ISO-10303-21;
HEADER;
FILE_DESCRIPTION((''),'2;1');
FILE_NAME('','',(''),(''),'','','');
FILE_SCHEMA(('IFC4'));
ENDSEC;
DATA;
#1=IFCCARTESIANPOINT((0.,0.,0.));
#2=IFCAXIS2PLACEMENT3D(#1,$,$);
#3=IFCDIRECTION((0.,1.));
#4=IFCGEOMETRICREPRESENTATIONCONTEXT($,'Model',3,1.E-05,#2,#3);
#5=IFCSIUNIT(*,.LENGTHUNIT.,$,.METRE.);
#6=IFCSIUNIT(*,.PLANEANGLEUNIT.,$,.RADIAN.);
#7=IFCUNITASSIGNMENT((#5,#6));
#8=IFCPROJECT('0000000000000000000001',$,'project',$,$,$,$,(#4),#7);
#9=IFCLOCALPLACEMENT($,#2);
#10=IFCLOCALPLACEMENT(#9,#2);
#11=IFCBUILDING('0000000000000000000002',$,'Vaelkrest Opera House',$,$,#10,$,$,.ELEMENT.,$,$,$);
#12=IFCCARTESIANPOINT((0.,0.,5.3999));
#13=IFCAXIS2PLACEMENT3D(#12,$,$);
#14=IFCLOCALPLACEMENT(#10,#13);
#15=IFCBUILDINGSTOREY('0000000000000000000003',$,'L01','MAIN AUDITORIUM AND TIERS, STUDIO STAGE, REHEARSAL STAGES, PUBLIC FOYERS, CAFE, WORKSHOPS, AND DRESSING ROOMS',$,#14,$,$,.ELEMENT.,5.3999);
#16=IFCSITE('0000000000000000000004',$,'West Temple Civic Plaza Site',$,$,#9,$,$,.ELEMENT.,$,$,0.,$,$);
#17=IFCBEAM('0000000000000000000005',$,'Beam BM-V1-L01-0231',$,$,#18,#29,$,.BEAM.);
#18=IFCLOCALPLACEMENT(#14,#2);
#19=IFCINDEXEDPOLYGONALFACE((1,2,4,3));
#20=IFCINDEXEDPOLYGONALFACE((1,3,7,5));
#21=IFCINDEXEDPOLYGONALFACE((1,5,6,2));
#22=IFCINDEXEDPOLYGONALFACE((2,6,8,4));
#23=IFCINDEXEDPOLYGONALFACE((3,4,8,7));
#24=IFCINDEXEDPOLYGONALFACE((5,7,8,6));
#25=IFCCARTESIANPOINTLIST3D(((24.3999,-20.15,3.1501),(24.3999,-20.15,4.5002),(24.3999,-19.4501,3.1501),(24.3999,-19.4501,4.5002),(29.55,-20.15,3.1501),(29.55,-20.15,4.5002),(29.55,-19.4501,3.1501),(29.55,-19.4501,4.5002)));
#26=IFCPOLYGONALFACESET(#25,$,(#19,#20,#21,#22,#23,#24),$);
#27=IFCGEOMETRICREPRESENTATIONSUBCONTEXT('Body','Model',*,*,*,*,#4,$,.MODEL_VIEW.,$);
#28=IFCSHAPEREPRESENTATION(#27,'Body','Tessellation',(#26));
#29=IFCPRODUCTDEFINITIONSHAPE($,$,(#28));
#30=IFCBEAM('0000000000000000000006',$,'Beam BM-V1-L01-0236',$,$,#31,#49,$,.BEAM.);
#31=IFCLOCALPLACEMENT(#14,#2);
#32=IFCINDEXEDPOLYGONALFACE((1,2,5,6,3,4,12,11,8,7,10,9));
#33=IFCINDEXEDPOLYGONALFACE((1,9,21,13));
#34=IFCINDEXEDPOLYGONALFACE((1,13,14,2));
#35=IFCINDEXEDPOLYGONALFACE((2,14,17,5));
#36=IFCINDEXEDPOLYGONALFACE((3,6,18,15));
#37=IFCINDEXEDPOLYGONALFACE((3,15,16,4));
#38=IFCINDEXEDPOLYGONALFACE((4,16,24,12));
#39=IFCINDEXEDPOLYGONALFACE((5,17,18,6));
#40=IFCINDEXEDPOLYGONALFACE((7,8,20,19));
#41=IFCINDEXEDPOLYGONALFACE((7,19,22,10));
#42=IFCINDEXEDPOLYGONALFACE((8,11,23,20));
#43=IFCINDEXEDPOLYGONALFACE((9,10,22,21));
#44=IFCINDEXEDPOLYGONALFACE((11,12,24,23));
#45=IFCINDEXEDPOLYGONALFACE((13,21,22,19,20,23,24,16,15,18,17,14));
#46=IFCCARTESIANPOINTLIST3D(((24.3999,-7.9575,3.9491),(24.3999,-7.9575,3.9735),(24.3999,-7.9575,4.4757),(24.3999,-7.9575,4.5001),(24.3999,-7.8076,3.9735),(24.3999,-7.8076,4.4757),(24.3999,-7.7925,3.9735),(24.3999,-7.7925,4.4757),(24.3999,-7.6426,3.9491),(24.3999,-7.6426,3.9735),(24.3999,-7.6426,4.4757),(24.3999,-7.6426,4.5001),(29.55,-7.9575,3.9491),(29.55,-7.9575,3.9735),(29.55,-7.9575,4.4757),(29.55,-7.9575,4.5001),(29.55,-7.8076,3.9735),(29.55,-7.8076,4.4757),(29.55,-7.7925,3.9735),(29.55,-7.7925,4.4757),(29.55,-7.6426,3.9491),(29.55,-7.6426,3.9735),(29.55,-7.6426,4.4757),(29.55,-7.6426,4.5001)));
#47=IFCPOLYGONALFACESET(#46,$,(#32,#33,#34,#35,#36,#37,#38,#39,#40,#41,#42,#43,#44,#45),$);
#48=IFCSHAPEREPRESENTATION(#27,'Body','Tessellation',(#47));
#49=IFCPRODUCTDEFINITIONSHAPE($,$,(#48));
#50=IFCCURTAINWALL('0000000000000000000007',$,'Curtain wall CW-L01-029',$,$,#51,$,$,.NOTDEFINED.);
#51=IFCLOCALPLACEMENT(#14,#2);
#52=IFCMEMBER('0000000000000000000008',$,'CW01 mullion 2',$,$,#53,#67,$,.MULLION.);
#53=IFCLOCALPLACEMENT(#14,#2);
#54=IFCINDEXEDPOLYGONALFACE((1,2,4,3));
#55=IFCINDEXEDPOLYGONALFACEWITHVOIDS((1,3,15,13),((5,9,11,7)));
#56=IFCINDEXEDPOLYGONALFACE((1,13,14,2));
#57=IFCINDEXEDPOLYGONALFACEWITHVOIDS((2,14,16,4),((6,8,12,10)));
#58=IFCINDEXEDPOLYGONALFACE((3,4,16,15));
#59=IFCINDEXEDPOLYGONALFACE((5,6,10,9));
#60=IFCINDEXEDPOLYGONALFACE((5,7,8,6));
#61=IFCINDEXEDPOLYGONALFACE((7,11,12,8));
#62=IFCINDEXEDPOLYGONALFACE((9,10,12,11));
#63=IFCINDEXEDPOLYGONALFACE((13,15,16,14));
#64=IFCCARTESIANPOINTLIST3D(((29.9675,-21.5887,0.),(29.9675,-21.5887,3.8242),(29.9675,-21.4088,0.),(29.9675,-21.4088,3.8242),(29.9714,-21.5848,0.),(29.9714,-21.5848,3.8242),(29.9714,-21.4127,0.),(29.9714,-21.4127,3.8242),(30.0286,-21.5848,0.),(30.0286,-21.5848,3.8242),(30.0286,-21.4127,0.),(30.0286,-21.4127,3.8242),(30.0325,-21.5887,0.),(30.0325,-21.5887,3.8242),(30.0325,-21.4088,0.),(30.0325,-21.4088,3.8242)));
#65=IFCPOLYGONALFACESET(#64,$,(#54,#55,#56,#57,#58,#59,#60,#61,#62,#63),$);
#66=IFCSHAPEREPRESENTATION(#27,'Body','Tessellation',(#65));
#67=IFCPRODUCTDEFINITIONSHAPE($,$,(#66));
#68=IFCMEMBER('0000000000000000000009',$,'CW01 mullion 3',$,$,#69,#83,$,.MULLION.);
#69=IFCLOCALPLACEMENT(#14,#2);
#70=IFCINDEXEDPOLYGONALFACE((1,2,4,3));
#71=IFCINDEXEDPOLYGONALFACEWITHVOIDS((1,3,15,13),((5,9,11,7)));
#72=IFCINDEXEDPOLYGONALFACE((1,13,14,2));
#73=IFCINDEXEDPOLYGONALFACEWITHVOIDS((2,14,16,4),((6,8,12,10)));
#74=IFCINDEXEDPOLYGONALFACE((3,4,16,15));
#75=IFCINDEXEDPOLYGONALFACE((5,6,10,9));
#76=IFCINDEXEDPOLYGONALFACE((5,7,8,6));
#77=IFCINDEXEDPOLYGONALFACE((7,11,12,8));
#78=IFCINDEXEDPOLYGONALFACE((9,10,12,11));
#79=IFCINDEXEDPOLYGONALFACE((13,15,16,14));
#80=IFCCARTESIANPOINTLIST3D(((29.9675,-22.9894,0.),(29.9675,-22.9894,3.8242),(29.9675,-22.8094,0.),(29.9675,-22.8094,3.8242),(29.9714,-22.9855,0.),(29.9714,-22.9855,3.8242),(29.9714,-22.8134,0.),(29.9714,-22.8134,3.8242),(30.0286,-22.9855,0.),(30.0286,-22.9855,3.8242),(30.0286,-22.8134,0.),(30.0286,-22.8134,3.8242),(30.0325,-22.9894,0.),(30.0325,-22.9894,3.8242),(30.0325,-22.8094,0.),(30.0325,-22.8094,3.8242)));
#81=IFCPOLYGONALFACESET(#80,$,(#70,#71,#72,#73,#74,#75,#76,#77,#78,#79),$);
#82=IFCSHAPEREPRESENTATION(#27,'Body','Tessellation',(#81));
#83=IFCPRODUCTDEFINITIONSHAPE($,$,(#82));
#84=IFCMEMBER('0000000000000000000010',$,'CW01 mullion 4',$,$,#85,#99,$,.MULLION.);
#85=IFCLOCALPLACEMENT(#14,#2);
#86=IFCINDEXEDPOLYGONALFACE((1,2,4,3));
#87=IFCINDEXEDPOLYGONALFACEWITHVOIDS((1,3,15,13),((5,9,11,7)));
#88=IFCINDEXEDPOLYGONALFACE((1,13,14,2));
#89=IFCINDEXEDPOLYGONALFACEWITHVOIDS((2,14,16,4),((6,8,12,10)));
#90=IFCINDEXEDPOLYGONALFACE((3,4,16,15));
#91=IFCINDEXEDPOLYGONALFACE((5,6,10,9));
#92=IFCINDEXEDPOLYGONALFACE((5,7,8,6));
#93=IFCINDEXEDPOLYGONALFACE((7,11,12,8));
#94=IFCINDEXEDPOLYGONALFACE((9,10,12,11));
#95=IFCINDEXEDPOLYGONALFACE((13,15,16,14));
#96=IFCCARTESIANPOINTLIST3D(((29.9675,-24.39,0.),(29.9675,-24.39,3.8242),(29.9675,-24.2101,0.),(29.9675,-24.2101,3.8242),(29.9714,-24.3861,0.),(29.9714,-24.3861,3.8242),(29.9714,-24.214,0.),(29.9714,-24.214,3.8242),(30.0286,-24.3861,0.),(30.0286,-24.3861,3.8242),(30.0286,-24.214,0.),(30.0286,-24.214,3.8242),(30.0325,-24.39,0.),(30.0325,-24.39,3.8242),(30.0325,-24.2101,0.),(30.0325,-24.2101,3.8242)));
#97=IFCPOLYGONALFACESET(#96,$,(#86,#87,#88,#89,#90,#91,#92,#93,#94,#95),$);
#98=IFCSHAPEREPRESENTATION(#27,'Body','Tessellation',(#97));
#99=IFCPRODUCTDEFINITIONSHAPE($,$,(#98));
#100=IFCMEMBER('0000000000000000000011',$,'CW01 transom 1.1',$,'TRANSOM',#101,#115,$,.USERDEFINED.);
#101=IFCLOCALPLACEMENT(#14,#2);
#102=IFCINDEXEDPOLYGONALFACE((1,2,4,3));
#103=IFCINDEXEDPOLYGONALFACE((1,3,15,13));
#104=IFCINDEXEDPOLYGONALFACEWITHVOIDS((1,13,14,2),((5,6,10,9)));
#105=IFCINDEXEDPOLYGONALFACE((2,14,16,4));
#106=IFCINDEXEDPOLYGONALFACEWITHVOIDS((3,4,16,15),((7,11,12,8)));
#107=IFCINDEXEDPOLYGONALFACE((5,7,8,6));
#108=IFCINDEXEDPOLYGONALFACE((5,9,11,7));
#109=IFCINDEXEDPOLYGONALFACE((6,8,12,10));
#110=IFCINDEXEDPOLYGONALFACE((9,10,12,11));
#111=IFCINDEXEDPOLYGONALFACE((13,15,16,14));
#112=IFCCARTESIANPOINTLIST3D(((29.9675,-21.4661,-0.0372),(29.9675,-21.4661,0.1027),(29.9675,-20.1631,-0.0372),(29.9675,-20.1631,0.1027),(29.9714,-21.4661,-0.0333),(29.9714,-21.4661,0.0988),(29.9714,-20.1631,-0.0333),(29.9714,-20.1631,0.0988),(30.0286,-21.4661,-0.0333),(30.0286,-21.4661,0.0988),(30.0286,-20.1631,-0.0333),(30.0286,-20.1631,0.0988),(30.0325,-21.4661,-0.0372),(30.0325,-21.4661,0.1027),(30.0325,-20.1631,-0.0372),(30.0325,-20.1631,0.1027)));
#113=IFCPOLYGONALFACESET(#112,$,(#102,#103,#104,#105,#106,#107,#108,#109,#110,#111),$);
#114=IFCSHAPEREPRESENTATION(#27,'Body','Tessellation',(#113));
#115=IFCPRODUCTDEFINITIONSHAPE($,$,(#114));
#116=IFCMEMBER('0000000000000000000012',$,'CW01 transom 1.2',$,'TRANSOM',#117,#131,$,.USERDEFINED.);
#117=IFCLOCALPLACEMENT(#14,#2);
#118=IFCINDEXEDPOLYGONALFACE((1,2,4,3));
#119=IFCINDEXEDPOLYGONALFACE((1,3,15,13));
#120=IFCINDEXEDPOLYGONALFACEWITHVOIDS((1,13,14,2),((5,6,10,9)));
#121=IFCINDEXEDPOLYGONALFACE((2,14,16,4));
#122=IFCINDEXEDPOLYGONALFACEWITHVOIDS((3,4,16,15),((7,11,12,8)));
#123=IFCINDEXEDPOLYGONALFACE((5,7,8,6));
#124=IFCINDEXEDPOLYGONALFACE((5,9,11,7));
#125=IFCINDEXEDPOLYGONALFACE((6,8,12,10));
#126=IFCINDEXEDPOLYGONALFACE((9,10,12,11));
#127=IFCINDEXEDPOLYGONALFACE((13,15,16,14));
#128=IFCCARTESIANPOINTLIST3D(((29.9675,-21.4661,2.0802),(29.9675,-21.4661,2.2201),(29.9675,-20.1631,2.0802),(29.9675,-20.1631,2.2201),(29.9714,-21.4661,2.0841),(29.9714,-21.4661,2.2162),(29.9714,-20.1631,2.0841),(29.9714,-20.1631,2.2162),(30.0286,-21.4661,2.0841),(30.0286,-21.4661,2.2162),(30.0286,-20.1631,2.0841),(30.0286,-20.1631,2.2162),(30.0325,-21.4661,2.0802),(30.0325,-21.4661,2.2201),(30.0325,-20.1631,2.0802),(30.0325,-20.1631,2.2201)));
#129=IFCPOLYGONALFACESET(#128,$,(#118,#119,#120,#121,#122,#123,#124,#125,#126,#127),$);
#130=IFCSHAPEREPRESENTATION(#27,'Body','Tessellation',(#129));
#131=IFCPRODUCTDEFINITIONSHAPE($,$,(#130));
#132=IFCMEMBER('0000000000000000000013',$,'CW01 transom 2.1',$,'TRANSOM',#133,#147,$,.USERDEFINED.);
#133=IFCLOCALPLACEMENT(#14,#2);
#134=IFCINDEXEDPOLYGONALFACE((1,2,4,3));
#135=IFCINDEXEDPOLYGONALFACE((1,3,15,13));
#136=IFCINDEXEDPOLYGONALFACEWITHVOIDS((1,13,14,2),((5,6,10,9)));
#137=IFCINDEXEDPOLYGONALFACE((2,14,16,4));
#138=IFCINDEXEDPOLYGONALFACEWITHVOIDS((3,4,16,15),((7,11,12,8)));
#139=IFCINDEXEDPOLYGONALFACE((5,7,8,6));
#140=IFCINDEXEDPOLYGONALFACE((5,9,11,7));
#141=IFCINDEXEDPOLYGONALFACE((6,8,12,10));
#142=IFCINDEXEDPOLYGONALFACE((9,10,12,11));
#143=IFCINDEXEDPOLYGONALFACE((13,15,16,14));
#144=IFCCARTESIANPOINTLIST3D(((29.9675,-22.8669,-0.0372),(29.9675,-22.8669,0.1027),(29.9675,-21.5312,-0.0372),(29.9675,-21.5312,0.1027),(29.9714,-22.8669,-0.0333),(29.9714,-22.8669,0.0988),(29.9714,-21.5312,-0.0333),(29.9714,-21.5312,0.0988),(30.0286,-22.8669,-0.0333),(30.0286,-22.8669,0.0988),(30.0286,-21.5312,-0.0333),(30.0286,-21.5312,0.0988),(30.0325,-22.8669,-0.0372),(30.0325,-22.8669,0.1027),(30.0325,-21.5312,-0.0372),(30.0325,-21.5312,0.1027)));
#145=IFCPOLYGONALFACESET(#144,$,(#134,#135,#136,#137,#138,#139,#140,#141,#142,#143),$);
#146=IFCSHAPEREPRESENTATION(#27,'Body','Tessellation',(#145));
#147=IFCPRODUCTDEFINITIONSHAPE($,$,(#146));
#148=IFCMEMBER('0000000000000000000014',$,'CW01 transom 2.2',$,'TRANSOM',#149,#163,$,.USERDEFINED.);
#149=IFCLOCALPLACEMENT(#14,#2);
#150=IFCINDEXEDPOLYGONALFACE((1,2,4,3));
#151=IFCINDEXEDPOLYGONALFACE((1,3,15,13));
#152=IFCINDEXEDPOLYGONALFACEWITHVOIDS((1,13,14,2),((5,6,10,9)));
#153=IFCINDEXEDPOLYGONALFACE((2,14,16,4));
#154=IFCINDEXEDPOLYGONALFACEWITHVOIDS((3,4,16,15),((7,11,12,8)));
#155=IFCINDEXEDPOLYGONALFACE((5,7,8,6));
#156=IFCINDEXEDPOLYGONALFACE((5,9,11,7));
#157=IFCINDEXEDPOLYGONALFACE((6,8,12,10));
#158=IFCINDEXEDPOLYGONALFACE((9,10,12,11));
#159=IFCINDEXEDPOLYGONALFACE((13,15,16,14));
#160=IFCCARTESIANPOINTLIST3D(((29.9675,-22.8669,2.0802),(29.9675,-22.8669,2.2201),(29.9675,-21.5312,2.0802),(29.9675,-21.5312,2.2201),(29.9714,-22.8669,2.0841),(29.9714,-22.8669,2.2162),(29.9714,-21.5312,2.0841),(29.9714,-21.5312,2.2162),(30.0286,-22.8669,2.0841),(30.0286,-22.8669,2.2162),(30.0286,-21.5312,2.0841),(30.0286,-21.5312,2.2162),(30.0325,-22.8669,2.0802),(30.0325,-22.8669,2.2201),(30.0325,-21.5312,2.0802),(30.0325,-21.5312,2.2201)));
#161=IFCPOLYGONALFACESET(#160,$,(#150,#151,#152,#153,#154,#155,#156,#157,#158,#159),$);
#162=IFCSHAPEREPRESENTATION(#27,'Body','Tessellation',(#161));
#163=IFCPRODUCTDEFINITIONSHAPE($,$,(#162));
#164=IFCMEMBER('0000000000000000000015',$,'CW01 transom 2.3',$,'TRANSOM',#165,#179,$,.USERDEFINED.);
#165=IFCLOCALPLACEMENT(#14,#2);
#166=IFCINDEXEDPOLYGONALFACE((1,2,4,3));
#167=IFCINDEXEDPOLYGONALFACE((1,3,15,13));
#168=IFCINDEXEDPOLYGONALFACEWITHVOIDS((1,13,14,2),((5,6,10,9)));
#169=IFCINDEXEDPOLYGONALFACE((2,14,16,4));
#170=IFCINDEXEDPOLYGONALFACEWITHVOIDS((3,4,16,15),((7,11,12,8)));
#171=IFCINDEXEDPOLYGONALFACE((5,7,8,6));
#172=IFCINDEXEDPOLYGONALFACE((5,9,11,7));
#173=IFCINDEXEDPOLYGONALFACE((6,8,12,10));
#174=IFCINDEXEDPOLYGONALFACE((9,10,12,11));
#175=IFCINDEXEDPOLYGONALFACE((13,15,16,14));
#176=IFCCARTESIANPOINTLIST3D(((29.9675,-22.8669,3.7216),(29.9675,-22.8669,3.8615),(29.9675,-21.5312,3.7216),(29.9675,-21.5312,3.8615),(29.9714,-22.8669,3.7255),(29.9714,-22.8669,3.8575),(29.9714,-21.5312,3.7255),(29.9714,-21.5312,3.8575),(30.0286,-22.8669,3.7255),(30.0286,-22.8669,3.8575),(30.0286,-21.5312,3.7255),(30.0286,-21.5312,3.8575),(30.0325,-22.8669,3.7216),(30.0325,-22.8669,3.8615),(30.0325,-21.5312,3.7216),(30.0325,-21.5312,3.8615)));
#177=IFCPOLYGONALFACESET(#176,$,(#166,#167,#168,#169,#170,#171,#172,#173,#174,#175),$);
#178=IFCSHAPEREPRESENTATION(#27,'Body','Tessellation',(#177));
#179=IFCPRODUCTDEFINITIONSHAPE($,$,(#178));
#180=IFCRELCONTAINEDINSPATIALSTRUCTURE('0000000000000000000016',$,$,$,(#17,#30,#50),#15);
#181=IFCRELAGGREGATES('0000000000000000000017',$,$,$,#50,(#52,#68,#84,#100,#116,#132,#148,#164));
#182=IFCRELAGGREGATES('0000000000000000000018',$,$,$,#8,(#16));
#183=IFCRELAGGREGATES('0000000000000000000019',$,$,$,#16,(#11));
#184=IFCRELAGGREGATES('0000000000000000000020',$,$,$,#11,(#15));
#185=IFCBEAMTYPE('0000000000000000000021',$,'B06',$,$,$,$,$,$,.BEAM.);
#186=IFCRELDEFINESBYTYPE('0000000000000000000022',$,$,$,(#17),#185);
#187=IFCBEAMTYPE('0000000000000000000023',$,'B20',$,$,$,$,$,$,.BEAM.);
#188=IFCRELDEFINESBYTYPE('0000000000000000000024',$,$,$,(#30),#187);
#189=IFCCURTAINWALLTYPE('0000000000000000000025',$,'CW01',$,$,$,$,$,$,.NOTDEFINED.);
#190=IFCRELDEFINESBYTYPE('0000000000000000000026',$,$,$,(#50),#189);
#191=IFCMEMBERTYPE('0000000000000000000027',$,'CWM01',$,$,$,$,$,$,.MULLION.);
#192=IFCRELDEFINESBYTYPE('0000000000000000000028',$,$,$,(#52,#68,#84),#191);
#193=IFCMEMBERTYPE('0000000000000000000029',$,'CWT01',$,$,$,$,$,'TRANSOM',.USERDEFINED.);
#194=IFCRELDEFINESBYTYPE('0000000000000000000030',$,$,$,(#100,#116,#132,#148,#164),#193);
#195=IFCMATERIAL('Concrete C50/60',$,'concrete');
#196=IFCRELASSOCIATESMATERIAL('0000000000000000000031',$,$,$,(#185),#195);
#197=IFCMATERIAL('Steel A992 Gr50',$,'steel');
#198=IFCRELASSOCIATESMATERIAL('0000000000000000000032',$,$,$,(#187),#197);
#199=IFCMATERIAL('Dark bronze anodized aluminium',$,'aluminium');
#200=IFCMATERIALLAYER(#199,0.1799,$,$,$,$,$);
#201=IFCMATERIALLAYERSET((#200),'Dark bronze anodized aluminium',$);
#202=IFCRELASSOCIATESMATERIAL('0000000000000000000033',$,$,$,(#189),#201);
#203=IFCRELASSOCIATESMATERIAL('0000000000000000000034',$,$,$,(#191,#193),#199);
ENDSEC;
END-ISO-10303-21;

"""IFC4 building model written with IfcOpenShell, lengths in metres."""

from ifc_helpers import new_model, si_unit, direction, frame, origin, origin_2d, place, context, subcontext, project, spatial, rectangle, hollow_rectangle, i_section, extrude, material, layer, layer_set, material_profile, profile_set, type_object, element, aggregate, save


model = new_model("IFC4")

# Units and contexts
model_context = context("Model", 3, precision=1e-05, world=origin(), true_north=direction((0.0, 1.0)))
body_context = subcontext(model_context, "Body", "Model", "MODEL_VIEW")
ifc_project = project(units=[si_unit("LENGTHUNIT", "METRE"), si_unit("PLANEANGLEUNIT", "RADIAN")], contexts=[model_context])

# Site, building, storey
site_placement = place(None, origin())
site = spatial("IfcSite", under=ifc_project, at=site_placement, Name="West Temple Civic Plaza Site", CompositionType="ELEMENT", RefElevation=0.0)
building_placement = place(site_placement, origin())
building = spatial("IfcBuilding", under=site, at=building_placement, Name="Vaelkrest Opera House", CompositionType="ELEMENT")
storey_placement = place(building_placement, frame((0.0, 0.0, 5.3999)))
storey = spatial("IfcBuildingStorey", under=building, at=storey_placement, Name="L01", Description="MAIN AUDITORIUM AND TIERS, STUDIO STAGE, REHEARSAL STAGES, PUBLIC FOYERS, CAFE, WORKSHOPS, AND DRESSING ROOMS", CompositionType="ELEMENT", Elevation=5.3999)

# Beams
ifc_material_1 = material(Name="Concrete C50/60", Category="concrete")
ifc_material_profile_1 = material_profile(ifc_material_1, rectangle(XDim=0.7, YDim=1.3501, at=origin_2d()), Name="RCB700X1350")
ifc_profile_set_1 = profile_set([ifc_material_profile_1], Name="Concrete C50/60")
beam_type_1 = type_object("IfcBeamType", Name="B06", PredefinedType="BEAM", material=ifc_profile_set_1)
beam_1_placement = place(storey_placement, frame((24.3999, -19.8, 3.8252), z_axis=(1.0, 0.0, 0.0), x_axis=(0.0, 1.0, 0.0)))
element("IfcBeam", 1, at=beam_1_placement, inside=storey, type_object=beam_type_1, Name="Beam BM-V1-L01-0231", PredefinedType="BEAM", context=body_context, shape_type="SweptSolid", body=[
    extrude(rectangle(XDim=0.7, YDim=1.3501, at=origin_2d()), origin(), (0.0, 0.0, 1.0), 5.1501),
])
ifc_material_2 = material(Name="Steel A992 Gr50", Category="steel")
ifc_material_profile_2 = material_profile(ifc_material_2, i_section(OverallWidth=0.3149, OverallDepth=0.551, WebThickness=0.0151, FlangeThickness=0.0244, at=origin_2d()), Name="W21X122")
ifc_profile_set_2 = profile_set([ifc_material_profile_2], Name="Steel A992 Gr50")
beam_type_2 = type_object("IfcBeamType", Name="B20", PredefinedType="BEAM", material=ifc_profile_set_2)
beam_2_placement = place(storey_placement, frame((24.3999, -7.8, 4.2246), z_axis=(1.0, 0.0, 0.0), x_axis=(0.0, 1.0, 0.0)))
element("IfcBeam", 2, at=beam_2_placement, inside=storey, type_object=beam_type_2, Name="Beam BM-V1-L01-0236", PredefinedType="BEAM", context=body_context, shape_type="SweptSolid", body=[
    extrude(i_section(OverallWidth=0.3149, OverallDepth=0.551, WebThickness=0.0151, FlangeThickness=0.0244, at=origin_2d()), origin(), (0.0, 0.0, 1.0), 5.1501),
])

# Curtain wall, members
ifc_material_3 = material(Name="Dark bronze anodized aluminium", Category="aluminium")
ifc_layer_1 = layer(ifc_material_3, 0.1799)
ifc_layer_set_1 = layer_set([ifc_layer_1], Name="Dark bronze anodized aluminium")
curtain_wall_type = type_object("IfcCurtainWallType", Name="CW01", PredefinedType="NOTDEFINED", material=ifc_layer_set_1)
curtain_wall_placement = place(storey_placement, origin())
curtain_wall = element("IfcCurtainWall", 3, at=curtain_wall_placement, inside=storey, type_object=curtain_wall_type, Name="Curtain wall CW-L01-029", PredefinedType="NOTDEFINED")
ifc_material_profile_3 = material_profile(ifc_material_3, hollow_rectangle(XDim=0.0649, YDim=0.1799, WallThickness=0.0039, at=origin_2d()), Name="CWM65X180")
ifc_profile_set_3 = profile_set([ifc_material_profile_3], Name="Dark bronze anodized aluminium")
member_type_1 = type_object("IfcMemberType", Name="CWM01", PredefinedType="MULLION", material=ifc_profile_set_3)
member_1_placement = place(storey_placement, frame((30.0, -21.4988, 0.0), z_axis=(0.0, 0.0, 1.0), x_axis=(1.0, 0.0, 0.0)))
member_1 = element("IfcMember", 4, at=member_1_placement, type_object=member_type_1, Name="CW01 mullion 2", PredefinedType="MULLION", context=body_context, shape_type="SweptSolid", body=[
    extrude(hollow_rectangle(XDim=0.0649, YDim=0.1799, WallThickness=0.0039, at=origin_2d()), origin(), (0.0, 0.0, 1.0), 3.8242),
])
member_2_placement = place(storey_placement, frame((30.0, -22.8994, 0.0), z_axis=(0.0, 0.0, 1.0), x_axis=(1.0, 0.0, 0.0)))
member_2 = element("IfcMember", 5, at=member_2_placement, type_object=member_type_1, Name="CW01 mullion 3", PredefinedType="MULLION", context=body_context, shape_type="SweptSolid", body=[
    extrude(hollow_rectangle(XDim=0.0649, YDim=0.1799, WallThickness=0.0039, at=origin_2d()), origin(), (0.0, 0.0, 1.0), 3.8242),
])
member_3_placement = place(storey_placement, frame((30.0, -24.3, 0.0), z_axis=(0.0, 0.0, 1.0), x_axis=(1.0, 0.0, 0.0)))
member_3 = element("IfcMember", 6, at=member_3_placement, type_object=member_type_1, Name="CW01 mullion 4", PredefinedType="MULLION", context=body_context, shape_type="SweptSolid", body=[
    extrude(hollow_rectangle(XDim=0.0649, YDim=0.1799, WallThickness=0.0039, at=origin_2d()), origin(), (0.0, 0.0, 1.0), 3.8242),
])
ifc_material_profile_4 = material_profile(ifc_material_3, hollow_rectangle(XDim=0.0649, YDim=0.1399, WallThickness=0.0039, at=origin_2d()), Name="CWT65X140")
ifc_profile_set_4 = profile_set([ifc_material_profile_4], Name="Dark bronze anodized aluminium")
member_type_2 = type_object("IfcMemberType", Name="CWT01", ElementType="TRANSOM", PredefinedType="USERDEFINED", material=ifc_profile_set_4)
member_4_placement = place(storey_placement, frame((30.0, -20.1631, 0.0327), z_axis=(0.0, -1.0, 0.0), x_axis=(1.0, 0.0, 0.0)))
member_4 = element("IfcMember", 7, at=member_4_placement, type_object=member_type_2, Name="CW01 transom 1.1", ObjectType="TRANSOM", PredefinedType="USERDEFINED", context=body_context, shape_type="SweptSolid", body=[
    extrude(hollow_rectangle(XDim=0.0649, YDim=0.1399, WallThickness=0.0039, at=origin_2d()), origin(), (0.0, 0.0, 1.0), 1.303),
])
member_5_placement = place(storey_placement, frame((30.0, -20.1631, 2.1501), z_axis=(0.0, -1.0, 0.0), x_axis=(1.0, 0.0, 0.0)))
member_5 = element("IfcMember", 8, at=member_5_placement, type_object=member_type_2, Name="CW01 transom 1.2", ObjectType="TRANSOM", PredefinedType="USERDEFINED", context=body_context, shape_type="SweptSolid", body=[
    extrude(hollow_rectangle(XDim=0.0649, YDim=0.1399, WallThickness=0.0039, at=origin_2d()), origin(), (0.0, 0.0, 1.0), 1.303),
])
member_6_placement = place(storey_placement, frame((30.0, -21.5312, 0.0327), z_axis=(0.0, -1.0, 0.0), x_axis=(1.0, 0.0, 0.0)))
member_6 = element("IfcMember", 9, at=member_6_placement, type_object=member_type_2, Name="CW01 transom 2.1", ObjectType="TRANSOM", PredefinedType="USERDEFINED", context=body_context, shape_type="SweptSolid", body=[
    extrude(hollow_rectangle(XDim=0.0649, YDim=0.1399, WallThickness=0.0039, at=origin_2d()), origin(), (0.0, 0.0, 1.0), 1.3357),
])
member_7_placement = place(storey_placement, frame((30.0, -21.5312, 2.1501), z_axis=(0.0, -1.0, 0.0), x_axis=(1.0, 0.0, 0.0)))
member_7 = element("IfcMember", 10, at=member_7_placement, type_object=member_type_2, Name="CW01 transom 2.2", ObjectType="TRANSOM", PredefinedType="USERDEFINED", context=body_context, shape_type="SweptSolid", body=[
    extrude(hollow_rectangle(XDim=0.0649, YDim=0.1399, WallThickness=0.0039, at=origin_2d()), origin(), (0.0, 0.0, 1.0), 1.3357),
])
member_8_placement = place(storey_placement, frame((30.0, -21.5312, 3.7915), z_axis=(0.0, -1.0, 0.0), x_axis=(1.0, 0.0, 0.0)))
member_8 = element("IfcMember", 11, at=member_8_placement, type_object=member_type_2, Name="CW01 transom 2.3", ObjectType="TRANSOM", PredefinedType="USERDEFINED", context=body_context, shape_type="SweptSolid", body=[
    extrude(hollow_rectangle(XDim=0.0649, YDim=0.1399, WallThickness=0.0039, at=origin_2d()), origin(), (0.0, 0.0, 1.0), 1.3357),
])

aggregate(curtain_wall, [member_1, member_2, member_3, member_4, member_5, member_6, member_7, member_8])

save(model, "model.ifc")
